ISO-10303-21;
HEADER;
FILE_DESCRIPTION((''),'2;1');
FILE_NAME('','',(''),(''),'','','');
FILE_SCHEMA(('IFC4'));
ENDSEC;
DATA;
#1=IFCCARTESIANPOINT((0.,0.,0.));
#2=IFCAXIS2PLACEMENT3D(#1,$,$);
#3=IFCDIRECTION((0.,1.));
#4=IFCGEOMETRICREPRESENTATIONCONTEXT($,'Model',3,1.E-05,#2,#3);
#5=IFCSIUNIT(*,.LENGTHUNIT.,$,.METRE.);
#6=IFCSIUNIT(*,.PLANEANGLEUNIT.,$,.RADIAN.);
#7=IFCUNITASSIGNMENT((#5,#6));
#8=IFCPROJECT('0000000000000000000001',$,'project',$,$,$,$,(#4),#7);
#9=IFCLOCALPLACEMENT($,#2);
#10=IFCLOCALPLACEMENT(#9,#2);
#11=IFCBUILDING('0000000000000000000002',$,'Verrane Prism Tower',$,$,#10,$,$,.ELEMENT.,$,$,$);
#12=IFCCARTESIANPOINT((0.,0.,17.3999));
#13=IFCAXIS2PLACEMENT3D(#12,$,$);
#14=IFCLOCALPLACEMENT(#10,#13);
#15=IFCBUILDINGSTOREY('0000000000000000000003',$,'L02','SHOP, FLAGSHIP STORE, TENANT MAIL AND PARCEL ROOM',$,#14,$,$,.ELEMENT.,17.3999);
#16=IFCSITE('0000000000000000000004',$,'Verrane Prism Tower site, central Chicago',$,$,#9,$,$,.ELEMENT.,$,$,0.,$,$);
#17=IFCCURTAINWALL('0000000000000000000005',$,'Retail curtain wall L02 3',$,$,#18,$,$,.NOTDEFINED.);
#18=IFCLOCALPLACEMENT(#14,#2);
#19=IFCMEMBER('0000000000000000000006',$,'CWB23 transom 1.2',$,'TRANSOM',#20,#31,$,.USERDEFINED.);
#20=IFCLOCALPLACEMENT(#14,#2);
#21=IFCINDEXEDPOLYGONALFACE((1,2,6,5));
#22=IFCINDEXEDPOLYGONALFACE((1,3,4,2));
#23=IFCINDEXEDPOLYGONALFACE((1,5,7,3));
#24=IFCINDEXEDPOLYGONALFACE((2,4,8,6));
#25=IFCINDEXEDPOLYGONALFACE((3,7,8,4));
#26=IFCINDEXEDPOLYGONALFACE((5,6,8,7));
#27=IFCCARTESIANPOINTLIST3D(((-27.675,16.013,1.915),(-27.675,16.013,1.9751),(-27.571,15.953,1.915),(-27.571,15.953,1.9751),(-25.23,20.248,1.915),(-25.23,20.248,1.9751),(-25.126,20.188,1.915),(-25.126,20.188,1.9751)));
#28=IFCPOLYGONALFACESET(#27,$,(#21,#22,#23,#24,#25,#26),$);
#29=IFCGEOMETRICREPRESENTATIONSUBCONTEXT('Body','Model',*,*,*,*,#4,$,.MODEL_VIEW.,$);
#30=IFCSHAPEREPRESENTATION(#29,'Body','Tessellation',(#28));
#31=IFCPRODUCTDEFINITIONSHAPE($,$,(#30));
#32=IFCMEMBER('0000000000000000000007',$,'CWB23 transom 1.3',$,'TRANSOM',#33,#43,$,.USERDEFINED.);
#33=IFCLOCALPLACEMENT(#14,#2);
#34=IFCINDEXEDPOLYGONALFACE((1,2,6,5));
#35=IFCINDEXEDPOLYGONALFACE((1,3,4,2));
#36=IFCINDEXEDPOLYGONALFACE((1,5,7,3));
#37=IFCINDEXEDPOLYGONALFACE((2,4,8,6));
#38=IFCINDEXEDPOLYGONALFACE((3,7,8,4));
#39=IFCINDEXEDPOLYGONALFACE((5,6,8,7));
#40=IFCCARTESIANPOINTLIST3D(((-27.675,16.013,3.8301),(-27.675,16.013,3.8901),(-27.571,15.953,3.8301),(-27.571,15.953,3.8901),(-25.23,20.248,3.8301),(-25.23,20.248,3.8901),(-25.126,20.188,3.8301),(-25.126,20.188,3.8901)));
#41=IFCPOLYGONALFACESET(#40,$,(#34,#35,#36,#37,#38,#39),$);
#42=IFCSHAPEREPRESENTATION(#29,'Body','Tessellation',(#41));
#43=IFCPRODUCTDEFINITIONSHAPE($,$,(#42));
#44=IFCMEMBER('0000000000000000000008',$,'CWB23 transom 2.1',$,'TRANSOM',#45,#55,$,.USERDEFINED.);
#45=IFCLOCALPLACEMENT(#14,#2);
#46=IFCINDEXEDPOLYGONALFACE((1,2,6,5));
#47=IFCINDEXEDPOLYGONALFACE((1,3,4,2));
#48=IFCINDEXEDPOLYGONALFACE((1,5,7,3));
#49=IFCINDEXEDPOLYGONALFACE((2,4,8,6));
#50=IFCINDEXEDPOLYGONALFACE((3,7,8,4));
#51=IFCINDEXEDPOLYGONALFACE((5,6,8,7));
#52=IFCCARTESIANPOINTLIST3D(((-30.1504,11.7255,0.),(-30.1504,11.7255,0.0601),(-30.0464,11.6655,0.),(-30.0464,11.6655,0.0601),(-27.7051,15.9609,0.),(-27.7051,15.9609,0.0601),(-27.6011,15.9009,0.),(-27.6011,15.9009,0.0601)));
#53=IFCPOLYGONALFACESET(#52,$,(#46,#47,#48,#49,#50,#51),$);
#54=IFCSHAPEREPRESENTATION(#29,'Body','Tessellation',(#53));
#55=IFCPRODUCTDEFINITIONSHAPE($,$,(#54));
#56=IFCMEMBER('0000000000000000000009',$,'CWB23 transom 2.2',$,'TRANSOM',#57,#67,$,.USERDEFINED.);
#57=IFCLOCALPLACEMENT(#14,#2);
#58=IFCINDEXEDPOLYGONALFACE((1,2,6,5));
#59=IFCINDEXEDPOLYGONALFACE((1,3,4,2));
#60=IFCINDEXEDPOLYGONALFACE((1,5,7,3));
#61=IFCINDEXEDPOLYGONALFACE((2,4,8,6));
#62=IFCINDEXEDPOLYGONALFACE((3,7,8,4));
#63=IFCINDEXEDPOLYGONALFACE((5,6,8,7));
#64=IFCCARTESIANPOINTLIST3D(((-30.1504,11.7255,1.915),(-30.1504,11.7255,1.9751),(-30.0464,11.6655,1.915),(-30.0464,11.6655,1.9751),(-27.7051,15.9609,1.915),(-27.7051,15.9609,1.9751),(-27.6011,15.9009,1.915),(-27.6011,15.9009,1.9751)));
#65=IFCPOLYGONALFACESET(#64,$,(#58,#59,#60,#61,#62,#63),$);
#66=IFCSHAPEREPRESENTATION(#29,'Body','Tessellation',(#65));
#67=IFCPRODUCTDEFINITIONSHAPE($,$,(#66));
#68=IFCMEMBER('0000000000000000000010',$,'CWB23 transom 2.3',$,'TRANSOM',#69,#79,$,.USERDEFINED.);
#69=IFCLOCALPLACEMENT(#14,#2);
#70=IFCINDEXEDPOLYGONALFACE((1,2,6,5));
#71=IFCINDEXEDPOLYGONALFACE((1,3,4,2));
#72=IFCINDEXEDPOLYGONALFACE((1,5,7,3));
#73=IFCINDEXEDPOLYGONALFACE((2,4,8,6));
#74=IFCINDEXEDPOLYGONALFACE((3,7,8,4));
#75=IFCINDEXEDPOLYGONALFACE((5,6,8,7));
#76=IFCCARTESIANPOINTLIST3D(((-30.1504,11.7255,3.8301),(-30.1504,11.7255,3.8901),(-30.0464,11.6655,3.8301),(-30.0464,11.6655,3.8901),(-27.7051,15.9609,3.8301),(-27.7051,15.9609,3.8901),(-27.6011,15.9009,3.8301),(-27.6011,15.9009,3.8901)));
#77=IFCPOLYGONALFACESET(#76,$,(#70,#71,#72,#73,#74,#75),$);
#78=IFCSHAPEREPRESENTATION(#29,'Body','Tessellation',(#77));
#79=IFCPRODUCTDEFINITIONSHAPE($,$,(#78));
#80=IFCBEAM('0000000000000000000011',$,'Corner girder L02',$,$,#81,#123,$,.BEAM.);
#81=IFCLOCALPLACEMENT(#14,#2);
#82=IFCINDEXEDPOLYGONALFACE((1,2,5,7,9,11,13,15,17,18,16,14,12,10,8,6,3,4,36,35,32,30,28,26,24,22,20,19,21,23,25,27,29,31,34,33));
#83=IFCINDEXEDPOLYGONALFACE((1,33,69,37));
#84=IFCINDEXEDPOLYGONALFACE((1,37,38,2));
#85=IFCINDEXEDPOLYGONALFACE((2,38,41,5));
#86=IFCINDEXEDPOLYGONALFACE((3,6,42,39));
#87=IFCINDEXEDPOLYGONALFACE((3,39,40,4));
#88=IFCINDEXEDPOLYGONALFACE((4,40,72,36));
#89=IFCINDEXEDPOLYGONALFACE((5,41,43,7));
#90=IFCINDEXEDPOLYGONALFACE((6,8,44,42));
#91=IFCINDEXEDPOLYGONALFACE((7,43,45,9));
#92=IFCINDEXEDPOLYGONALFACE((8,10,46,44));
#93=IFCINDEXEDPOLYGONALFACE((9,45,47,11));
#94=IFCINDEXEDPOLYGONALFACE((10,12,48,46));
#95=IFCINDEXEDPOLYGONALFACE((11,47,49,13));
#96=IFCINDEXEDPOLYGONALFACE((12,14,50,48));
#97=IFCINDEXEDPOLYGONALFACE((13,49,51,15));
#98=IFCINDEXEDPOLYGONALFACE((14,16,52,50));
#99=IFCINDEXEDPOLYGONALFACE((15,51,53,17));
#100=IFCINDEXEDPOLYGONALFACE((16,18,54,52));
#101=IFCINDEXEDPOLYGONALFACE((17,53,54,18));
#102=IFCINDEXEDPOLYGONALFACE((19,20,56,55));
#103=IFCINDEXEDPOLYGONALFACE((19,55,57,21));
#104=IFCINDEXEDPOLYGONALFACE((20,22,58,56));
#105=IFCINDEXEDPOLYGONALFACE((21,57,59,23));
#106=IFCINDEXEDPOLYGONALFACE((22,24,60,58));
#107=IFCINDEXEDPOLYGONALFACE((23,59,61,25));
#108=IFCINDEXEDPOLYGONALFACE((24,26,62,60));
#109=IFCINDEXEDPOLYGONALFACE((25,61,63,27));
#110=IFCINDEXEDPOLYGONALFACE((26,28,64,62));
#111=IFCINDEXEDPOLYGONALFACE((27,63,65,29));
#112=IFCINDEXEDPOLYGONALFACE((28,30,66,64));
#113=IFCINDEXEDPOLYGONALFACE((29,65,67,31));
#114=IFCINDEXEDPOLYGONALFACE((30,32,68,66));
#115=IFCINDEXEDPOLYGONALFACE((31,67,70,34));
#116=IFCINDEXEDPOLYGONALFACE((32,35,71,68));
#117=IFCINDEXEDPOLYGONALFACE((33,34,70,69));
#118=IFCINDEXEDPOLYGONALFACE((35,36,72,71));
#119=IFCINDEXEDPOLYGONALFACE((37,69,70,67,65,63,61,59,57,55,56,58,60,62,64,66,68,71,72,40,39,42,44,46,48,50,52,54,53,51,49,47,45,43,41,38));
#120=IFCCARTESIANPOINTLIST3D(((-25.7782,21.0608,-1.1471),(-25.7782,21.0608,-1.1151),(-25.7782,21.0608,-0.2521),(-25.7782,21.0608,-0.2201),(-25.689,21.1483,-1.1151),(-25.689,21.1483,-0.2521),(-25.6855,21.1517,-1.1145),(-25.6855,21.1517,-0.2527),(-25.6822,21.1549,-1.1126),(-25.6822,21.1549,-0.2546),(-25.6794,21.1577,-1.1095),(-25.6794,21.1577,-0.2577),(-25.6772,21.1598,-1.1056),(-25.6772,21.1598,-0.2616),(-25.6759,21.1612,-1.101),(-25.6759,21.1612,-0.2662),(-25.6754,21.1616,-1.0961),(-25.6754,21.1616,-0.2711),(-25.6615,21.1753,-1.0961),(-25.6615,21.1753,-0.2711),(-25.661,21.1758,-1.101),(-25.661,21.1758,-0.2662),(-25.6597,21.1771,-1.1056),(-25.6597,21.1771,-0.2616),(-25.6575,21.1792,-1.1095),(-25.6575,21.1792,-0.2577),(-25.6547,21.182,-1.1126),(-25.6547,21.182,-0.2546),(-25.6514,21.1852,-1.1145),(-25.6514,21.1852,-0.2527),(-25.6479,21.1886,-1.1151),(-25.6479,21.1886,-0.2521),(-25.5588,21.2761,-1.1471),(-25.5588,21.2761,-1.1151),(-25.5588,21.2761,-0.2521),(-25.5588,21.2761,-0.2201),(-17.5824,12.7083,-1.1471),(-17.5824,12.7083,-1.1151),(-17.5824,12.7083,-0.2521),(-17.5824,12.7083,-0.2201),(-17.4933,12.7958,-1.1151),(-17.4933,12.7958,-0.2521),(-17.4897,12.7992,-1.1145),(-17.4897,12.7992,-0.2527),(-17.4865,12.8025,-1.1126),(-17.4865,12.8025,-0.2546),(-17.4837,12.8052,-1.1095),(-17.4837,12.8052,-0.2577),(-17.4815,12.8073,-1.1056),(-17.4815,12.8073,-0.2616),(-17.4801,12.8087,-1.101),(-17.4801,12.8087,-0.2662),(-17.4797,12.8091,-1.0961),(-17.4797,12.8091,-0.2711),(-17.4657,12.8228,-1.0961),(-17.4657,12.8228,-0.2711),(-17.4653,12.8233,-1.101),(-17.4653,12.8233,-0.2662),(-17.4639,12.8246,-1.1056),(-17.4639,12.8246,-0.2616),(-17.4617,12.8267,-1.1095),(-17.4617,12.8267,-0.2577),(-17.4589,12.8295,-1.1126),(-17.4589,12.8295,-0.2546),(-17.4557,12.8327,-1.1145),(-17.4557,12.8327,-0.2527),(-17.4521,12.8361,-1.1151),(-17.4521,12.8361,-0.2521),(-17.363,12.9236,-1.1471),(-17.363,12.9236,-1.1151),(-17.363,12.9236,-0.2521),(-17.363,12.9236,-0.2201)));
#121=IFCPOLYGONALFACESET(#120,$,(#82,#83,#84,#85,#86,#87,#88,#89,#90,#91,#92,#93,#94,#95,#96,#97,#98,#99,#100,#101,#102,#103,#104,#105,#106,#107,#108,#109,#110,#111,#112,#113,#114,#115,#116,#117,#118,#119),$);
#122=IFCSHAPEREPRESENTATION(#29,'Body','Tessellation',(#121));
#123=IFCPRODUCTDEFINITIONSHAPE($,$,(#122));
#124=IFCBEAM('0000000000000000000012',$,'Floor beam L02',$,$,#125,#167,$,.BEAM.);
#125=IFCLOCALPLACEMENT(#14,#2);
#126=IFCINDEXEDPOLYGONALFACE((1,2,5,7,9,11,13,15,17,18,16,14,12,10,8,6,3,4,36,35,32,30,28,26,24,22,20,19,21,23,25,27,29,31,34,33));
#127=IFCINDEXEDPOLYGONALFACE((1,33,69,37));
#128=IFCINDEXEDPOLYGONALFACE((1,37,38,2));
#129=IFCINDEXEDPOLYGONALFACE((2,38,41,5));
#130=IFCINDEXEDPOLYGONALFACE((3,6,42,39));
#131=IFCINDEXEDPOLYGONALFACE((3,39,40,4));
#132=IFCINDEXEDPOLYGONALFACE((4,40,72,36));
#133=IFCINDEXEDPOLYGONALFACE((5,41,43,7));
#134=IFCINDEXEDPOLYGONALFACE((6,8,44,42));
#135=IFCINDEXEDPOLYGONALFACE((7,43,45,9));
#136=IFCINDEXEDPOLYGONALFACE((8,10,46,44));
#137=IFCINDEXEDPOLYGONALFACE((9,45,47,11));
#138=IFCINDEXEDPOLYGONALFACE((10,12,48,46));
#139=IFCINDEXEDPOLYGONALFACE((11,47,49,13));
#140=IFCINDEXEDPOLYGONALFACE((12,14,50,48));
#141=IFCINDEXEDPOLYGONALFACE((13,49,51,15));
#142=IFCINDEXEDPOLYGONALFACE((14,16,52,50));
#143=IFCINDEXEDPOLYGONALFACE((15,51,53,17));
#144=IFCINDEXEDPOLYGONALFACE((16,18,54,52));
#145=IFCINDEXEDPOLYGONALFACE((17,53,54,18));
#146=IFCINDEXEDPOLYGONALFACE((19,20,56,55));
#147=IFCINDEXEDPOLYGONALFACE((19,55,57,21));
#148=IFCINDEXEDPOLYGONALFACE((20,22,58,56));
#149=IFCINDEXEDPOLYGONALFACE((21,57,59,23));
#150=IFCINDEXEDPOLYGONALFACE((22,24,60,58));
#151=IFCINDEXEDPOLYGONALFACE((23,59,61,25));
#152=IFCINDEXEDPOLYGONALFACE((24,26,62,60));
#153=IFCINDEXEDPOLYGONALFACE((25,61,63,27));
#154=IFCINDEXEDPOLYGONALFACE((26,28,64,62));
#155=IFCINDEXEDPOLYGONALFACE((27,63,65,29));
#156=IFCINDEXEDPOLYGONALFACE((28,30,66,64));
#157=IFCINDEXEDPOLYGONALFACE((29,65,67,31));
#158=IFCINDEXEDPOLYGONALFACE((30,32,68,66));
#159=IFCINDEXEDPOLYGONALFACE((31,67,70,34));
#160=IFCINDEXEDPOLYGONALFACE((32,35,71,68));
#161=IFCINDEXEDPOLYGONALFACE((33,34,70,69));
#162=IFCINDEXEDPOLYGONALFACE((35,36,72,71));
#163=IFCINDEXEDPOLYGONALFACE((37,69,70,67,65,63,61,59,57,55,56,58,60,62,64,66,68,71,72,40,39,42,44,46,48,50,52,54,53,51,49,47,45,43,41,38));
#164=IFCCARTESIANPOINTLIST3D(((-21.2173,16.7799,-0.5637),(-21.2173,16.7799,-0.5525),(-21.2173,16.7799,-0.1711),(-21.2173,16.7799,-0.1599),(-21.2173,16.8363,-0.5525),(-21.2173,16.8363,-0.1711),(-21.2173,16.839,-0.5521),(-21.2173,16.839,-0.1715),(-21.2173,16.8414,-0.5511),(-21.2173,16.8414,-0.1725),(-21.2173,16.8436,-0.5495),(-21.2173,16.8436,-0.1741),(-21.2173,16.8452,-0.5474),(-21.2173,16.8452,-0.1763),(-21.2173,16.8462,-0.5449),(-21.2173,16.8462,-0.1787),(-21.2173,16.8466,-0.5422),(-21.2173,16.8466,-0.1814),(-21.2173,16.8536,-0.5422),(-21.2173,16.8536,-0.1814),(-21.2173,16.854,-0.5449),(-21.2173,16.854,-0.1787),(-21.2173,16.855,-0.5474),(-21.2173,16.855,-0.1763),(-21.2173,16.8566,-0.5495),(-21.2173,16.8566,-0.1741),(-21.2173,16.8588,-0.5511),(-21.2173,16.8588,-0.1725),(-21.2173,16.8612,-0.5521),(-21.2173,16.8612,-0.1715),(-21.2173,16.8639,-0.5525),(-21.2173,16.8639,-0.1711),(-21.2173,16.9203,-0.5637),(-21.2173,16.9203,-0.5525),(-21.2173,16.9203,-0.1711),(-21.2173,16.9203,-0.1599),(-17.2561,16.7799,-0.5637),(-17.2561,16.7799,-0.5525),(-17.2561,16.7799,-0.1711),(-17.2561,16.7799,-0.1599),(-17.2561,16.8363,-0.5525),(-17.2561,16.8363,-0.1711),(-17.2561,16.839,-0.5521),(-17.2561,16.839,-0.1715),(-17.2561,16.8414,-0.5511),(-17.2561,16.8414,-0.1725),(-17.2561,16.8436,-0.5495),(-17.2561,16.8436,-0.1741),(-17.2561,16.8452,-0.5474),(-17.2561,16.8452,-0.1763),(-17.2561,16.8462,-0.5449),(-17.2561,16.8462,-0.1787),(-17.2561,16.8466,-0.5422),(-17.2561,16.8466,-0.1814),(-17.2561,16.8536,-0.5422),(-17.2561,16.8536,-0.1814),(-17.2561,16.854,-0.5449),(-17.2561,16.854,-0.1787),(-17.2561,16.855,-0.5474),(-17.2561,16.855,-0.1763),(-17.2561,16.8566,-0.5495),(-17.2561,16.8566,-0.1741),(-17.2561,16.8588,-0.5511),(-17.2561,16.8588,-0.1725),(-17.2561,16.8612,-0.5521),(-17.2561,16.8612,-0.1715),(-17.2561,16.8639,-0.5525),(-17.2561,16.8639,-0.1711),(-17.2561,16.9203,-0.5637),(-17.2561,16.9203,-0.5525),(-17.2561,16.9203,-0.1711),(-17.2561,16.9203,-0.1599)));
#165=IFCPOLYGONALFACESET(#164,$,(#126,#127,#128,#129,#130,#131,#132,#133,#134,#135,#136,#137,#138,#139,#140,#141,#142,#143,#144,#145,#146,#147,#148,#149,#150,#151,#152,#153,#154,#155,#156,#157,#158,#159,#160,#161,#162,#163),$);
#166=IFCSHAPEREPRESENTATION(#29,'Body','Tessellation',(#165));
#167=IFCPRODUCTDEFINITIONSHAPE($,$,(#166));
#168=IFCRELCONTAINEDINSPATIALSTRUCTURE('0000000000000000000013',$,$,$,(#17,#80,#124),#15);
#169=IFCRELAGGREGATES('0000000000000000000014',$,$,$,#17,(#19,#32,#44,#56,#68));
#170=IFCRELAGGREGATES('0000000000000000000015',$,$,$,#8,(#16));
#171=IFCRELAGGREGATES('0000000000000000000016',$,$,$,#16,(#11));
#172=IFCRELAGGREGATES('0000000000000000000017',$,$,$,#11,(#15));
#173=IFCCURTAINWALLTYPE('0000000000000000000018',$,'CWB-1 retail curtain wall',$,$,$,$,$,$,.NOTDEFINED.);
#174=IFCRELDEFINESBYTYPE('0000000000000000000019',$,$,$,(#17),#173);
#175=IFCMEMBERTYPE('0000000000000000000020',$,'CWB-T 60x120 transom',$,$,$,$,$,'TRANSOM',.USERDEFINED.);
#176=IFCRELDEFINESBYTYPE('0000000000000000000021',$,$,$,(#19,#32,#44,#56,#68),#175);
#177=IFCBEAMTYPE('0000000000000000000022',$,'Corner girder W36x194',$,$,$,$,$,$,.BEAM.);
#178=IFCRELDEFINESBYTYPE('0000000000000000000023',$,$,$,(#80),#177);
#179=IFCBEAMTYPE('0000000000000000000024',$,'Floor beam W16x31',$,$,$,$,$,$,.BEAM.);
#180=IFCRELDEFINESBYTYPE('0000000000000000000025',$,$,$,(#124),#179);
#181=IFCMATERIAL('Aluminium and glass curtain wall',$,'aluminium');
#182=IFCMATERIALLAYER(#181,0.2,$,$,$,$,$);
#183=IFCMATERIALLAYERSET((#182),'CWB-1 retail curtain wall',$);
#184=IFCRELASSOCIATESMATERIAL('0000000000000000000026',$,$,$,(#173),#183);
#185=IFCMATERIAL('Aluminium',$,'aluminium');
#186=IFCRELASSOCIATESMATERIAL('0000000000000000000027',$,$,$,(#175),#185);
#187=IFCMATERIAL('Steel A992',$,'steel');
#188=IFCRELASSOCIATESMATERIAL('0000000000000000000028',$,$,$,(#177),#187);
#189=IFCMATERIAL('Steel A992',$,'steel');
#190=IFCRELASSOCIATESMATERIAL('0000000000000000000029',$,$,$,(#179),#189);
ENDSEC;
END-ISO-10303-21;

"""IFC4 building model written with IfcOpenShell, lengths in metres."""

from ifc_helpers import new_model, si_unit, direction, frame, origin, origin_2d, place, context, subcontext, project, spatial, rectangle, i_section, extrude, material, layer, layer_set, material_profile, profile_set, type_object, element, aggregate, save


model = new_model("IFC4")

# Units and contexts
model_context = context("Model", 3, precision=1e-05, world=origin(), true_north=direction((0.0, 1.0)))
body_context = subcontext(model_context, "Body", "Model", "MODEL_VIEW")
ifc_project = project(units=[si_unit("LENGTHUNIT", "METRE"), si_unit("PLANEANGLEUNIT", "RADIAN")], contexts=[model_context])

# Site, building, storey
site_placement = place(None, origin())
site = spatial("IfcSite", under=ifc_project, at=site_placement, Name="Verrane Prism Tower site, central Chicago", CompositionType="ELEMENT", RefElevation=0.0)
building_placement = place(site_placement, origin())
building = spatial("IfcBuilding", under=site, at=building_placement, Name="Verrane Prism Tower", CompositionType="ELEMENT")
storey_placement = place(building_placement, frame((0.0, 0.0, 17.3999)))
storey = spatial("IfcBuildingStorey", under=building, at=storey_placement, Name="L02", Description="SHOP, FLAGSHIP STORE, TENANT MAIL AND PARCEL ROOM", CompositionType="ELEMENT", Elevation=17.3999)

# Curtain wall
ifc_material_1 = material(Name="Aluminium and glass curtain wall", Category="aluminium")
ifc_layer_1 = layer(ifc_material_1, 0.2)
ifc_layer_set_1 = layer_set([ifc_layer_1], Name="CWB-1 retail curtain wall")
curtain_wall_type = type_object("IfcCurtainWallType", Name="CWB-1 retail curtain wall", PredefinedType="NOTDEFINED", material=ifc_layer_set_1)
curtain_wall_1_placement = place(storey_placement, origin())
curtain_wall_1 = element("IfcCurtainWall", 1, at=curtain_wall_1_placement, inside=storey, type_object=curtain_wall_type, Name="Retail curtain wall L02 3", PredefinedType="NOTDEFINED")

# Members
ifc_material_2 = material(Name="Aluminium", Category="aluminium")
ifc_material_profile_1 = material_profile(ifc_material_2, rectangle(XDim=0.1201, YDim=0.0601, at=origin_2d()), Name="CWB-T 60x120 transom")
ifc_profile_set_1 = profile_set([ifc_material_profile_1], Name="Aluminium")
member_type_1 = type_object("IfcMemberType", Name="CWB-T 60x120 transom", ElementType="TRANSOM", PredefinedType="USERDEFINED", material=ifc_profile_set_1)
member_1_placement = place(storey_placement, frame((-25.178, 20.218, 1.9451), z_axis=(-0.499989, -0.866032, 0.0), x_axis=(0.866032, -0.499989, 0.0)))
member_1 = element("IfcMember", 2, at=member_1_placement, type_object=member_type_1, Name="CWB23 transom 1.2", ObjectType="TRANSOM", PredefinedType="USERDEFINED", context=body_context, shape_type="SweptSolid", body=[
    extrude(rectangle(XDim=0.1201, YDim=0.0601, at=origin_2d()), origin(), (0.0, 0.0, 1.0), 4.8901),
])
member_2_placement = place(storey_placement, frame((-25.178, 20.218, 3.8601), z_axis=(-0.499989, -0.866032, 0.0), x_axis=(0.866032, -0.499989, 0.0)))
member_2 = element("IfcMember", 3, at=member_2_placement, type_object=member_type_1, Name="CWB23 transom 1.3", ObjectType="TRANSOM", PredefinedType="USERDEFINED", context=body_context, shape_type="SweptSolid", body=[
    extrude(rectangle(XDim=0.1201, YDim=0.0601, at=origin_2d()), origin(), (0.0, 0.0, 1.0), 4.8901),
])
member_3_placement = place(storey_placement, frame((-27.6531, 15.9309, 0.03), z_axis=(-0.500005, -0.866023, 0.0), x_axis=(0.866023, -0.500005, 0.0)))
member_3 = element("IfcMember", 4, at=member_3_placement, type_object=member_type_1, Name="CWB23 transom 2.1", ObjectType="TRANSOM", PredefinedType="USERDEFINED", context=body_context, shape_type="SweptSolid", body=[
    extrude(rectangle(XDim=0.1201, YDim=0.0601, at=origin_2d()), origin(), (0.0, 0.0, 1.0), 4.8906),
])
member_4_placement = place(storey_placement, frame((-27.6531, 15.9309, 1.9451), z_axis=(-0.500005, -0.866023, 0.0), x_axis=(0.866023, -0.500005, 0.0)))
member_4 = element("IfcMember", 5, at=member_4_placement, type_object=member_type_1, Name="CWB23 transom 2.2", ObjectType="TRANSOM", PredefinedType="USERDEFINED", context=body_context, shape_type="SweptSolid", body=[
    extrude(rectangle(XDim=0.1201, YDim=0.0601, at=origin_2d()), origin(), (0.0, 0.0, 1.0), 4.8906),
])
member_5_placement = place(storey_placement, frame((-27.6531, 15.9309, 3.8601), z_axis=(-0.500005, -0.866023, 0.0), x_axis=(0.866023, -0.500005, 0.0)))
member_5 = element("IfcMember", 6, at=member_5_placement, type_object=member_type_1, Name="CWB23 transom 2.3", ObjectType="TRANSOM", PredefinedType="USERDEFINED", context=body_context, shape_type="SweptSolid", body=[
    extrude(rectangle(XDim=0.1201, YDim=0.0601, at=origin_2d()), origin(), (0.0, 0.0, 1.0), 4.8906),
])

# Beams
ifc_material_3 = material(Name="Steel A992", Category="steel")
ifc_material_profile_2 = material_profile(ifc_material_3, i_section(OverallWidth=0.3074, OverallDepth=0.927, WebThickness=0.0195, FlangeThickness=0.032, FilletRadius=0.019, at=origin_2d()), Name="W36x194")
ifc_profile_set_2 = profile_set([ifc_material_profile_2], Name="Steel A992")
beam_type_1 = type_object("IfcBeamType", Name="Corner girder W36x194", PredefinedType="BEAM", material=ifc_profile_set_2)
beam_1_placement = place(storey_placement, frame((-25.6685, 21.1685, -0.6836), z_axis=(0.700378, -0.713772, 0.0), x_axis=(0.713772, 0.700378, 0.0)))
element("IfcBeam", 7, at=beam_1_placement, inside=storey, type_object=beam_type_1, Name="Corner girder L02", PredefinedType="BEAM", context=body_context, shape_type="SweptSolid", body=[
    extrude(i_section(OverallWidth=0.3074, OverallDepth=0.927, WebThickness=0.0195, FlangeThickness=0.032, FilletRadius=0.019, at=origin_2d()), origin(), (0.0, 0.0, 1.0), 11.7019),
])
ifc_material_4 = material(Name="Steel A992", Category="steel")
ifc_material_profile_3 = material_profile(ifc_material_4, i_section(OverallWidth=0.1404, OverallDepth=0.4038, WebThickness=0.0071, FlangeThickness=0.0112, FilletRadius=0.0103, at=origin_2d()), Name="W16x31")
ifc_profile_set_3 = profile_set([ifc_material_profile_3], Name="Steel A992")
beam_type_2 = type_object("IfcBeamType", Name="Floor beam W16x31", PredefinedType="BEAM", material=ifc_profile_set_3)
beam_2_placement = place(storey_placement, frame((-21.2173, 16.8501, -0.3618), z_axis=(1.0, 0.0, 0.0), x_axis=(0.0, 1.0, 0.0)))
element("IfcBeam", 8, at=beam_2_placement, inside=storey, type_object=beam_type_2, Name="Floor beam L02", PredefinedType="BEAM", context=body_context, shape_type="SweptSolid", body=[
    extrude(i_section(OverallWidth=0.1404, OverallDepth=0.4038, WebThickness=0.0071, FlangeThickness=0.0112, FilletRadius=0.0103, at=origin_2d()), origin(), (0.0, 0.0, 1.0), 3.9612),
])

aggregate(curtain_wall_1, [member_1, member_2, member_3, member_4, member_5])

save(model, "model.ifc")
